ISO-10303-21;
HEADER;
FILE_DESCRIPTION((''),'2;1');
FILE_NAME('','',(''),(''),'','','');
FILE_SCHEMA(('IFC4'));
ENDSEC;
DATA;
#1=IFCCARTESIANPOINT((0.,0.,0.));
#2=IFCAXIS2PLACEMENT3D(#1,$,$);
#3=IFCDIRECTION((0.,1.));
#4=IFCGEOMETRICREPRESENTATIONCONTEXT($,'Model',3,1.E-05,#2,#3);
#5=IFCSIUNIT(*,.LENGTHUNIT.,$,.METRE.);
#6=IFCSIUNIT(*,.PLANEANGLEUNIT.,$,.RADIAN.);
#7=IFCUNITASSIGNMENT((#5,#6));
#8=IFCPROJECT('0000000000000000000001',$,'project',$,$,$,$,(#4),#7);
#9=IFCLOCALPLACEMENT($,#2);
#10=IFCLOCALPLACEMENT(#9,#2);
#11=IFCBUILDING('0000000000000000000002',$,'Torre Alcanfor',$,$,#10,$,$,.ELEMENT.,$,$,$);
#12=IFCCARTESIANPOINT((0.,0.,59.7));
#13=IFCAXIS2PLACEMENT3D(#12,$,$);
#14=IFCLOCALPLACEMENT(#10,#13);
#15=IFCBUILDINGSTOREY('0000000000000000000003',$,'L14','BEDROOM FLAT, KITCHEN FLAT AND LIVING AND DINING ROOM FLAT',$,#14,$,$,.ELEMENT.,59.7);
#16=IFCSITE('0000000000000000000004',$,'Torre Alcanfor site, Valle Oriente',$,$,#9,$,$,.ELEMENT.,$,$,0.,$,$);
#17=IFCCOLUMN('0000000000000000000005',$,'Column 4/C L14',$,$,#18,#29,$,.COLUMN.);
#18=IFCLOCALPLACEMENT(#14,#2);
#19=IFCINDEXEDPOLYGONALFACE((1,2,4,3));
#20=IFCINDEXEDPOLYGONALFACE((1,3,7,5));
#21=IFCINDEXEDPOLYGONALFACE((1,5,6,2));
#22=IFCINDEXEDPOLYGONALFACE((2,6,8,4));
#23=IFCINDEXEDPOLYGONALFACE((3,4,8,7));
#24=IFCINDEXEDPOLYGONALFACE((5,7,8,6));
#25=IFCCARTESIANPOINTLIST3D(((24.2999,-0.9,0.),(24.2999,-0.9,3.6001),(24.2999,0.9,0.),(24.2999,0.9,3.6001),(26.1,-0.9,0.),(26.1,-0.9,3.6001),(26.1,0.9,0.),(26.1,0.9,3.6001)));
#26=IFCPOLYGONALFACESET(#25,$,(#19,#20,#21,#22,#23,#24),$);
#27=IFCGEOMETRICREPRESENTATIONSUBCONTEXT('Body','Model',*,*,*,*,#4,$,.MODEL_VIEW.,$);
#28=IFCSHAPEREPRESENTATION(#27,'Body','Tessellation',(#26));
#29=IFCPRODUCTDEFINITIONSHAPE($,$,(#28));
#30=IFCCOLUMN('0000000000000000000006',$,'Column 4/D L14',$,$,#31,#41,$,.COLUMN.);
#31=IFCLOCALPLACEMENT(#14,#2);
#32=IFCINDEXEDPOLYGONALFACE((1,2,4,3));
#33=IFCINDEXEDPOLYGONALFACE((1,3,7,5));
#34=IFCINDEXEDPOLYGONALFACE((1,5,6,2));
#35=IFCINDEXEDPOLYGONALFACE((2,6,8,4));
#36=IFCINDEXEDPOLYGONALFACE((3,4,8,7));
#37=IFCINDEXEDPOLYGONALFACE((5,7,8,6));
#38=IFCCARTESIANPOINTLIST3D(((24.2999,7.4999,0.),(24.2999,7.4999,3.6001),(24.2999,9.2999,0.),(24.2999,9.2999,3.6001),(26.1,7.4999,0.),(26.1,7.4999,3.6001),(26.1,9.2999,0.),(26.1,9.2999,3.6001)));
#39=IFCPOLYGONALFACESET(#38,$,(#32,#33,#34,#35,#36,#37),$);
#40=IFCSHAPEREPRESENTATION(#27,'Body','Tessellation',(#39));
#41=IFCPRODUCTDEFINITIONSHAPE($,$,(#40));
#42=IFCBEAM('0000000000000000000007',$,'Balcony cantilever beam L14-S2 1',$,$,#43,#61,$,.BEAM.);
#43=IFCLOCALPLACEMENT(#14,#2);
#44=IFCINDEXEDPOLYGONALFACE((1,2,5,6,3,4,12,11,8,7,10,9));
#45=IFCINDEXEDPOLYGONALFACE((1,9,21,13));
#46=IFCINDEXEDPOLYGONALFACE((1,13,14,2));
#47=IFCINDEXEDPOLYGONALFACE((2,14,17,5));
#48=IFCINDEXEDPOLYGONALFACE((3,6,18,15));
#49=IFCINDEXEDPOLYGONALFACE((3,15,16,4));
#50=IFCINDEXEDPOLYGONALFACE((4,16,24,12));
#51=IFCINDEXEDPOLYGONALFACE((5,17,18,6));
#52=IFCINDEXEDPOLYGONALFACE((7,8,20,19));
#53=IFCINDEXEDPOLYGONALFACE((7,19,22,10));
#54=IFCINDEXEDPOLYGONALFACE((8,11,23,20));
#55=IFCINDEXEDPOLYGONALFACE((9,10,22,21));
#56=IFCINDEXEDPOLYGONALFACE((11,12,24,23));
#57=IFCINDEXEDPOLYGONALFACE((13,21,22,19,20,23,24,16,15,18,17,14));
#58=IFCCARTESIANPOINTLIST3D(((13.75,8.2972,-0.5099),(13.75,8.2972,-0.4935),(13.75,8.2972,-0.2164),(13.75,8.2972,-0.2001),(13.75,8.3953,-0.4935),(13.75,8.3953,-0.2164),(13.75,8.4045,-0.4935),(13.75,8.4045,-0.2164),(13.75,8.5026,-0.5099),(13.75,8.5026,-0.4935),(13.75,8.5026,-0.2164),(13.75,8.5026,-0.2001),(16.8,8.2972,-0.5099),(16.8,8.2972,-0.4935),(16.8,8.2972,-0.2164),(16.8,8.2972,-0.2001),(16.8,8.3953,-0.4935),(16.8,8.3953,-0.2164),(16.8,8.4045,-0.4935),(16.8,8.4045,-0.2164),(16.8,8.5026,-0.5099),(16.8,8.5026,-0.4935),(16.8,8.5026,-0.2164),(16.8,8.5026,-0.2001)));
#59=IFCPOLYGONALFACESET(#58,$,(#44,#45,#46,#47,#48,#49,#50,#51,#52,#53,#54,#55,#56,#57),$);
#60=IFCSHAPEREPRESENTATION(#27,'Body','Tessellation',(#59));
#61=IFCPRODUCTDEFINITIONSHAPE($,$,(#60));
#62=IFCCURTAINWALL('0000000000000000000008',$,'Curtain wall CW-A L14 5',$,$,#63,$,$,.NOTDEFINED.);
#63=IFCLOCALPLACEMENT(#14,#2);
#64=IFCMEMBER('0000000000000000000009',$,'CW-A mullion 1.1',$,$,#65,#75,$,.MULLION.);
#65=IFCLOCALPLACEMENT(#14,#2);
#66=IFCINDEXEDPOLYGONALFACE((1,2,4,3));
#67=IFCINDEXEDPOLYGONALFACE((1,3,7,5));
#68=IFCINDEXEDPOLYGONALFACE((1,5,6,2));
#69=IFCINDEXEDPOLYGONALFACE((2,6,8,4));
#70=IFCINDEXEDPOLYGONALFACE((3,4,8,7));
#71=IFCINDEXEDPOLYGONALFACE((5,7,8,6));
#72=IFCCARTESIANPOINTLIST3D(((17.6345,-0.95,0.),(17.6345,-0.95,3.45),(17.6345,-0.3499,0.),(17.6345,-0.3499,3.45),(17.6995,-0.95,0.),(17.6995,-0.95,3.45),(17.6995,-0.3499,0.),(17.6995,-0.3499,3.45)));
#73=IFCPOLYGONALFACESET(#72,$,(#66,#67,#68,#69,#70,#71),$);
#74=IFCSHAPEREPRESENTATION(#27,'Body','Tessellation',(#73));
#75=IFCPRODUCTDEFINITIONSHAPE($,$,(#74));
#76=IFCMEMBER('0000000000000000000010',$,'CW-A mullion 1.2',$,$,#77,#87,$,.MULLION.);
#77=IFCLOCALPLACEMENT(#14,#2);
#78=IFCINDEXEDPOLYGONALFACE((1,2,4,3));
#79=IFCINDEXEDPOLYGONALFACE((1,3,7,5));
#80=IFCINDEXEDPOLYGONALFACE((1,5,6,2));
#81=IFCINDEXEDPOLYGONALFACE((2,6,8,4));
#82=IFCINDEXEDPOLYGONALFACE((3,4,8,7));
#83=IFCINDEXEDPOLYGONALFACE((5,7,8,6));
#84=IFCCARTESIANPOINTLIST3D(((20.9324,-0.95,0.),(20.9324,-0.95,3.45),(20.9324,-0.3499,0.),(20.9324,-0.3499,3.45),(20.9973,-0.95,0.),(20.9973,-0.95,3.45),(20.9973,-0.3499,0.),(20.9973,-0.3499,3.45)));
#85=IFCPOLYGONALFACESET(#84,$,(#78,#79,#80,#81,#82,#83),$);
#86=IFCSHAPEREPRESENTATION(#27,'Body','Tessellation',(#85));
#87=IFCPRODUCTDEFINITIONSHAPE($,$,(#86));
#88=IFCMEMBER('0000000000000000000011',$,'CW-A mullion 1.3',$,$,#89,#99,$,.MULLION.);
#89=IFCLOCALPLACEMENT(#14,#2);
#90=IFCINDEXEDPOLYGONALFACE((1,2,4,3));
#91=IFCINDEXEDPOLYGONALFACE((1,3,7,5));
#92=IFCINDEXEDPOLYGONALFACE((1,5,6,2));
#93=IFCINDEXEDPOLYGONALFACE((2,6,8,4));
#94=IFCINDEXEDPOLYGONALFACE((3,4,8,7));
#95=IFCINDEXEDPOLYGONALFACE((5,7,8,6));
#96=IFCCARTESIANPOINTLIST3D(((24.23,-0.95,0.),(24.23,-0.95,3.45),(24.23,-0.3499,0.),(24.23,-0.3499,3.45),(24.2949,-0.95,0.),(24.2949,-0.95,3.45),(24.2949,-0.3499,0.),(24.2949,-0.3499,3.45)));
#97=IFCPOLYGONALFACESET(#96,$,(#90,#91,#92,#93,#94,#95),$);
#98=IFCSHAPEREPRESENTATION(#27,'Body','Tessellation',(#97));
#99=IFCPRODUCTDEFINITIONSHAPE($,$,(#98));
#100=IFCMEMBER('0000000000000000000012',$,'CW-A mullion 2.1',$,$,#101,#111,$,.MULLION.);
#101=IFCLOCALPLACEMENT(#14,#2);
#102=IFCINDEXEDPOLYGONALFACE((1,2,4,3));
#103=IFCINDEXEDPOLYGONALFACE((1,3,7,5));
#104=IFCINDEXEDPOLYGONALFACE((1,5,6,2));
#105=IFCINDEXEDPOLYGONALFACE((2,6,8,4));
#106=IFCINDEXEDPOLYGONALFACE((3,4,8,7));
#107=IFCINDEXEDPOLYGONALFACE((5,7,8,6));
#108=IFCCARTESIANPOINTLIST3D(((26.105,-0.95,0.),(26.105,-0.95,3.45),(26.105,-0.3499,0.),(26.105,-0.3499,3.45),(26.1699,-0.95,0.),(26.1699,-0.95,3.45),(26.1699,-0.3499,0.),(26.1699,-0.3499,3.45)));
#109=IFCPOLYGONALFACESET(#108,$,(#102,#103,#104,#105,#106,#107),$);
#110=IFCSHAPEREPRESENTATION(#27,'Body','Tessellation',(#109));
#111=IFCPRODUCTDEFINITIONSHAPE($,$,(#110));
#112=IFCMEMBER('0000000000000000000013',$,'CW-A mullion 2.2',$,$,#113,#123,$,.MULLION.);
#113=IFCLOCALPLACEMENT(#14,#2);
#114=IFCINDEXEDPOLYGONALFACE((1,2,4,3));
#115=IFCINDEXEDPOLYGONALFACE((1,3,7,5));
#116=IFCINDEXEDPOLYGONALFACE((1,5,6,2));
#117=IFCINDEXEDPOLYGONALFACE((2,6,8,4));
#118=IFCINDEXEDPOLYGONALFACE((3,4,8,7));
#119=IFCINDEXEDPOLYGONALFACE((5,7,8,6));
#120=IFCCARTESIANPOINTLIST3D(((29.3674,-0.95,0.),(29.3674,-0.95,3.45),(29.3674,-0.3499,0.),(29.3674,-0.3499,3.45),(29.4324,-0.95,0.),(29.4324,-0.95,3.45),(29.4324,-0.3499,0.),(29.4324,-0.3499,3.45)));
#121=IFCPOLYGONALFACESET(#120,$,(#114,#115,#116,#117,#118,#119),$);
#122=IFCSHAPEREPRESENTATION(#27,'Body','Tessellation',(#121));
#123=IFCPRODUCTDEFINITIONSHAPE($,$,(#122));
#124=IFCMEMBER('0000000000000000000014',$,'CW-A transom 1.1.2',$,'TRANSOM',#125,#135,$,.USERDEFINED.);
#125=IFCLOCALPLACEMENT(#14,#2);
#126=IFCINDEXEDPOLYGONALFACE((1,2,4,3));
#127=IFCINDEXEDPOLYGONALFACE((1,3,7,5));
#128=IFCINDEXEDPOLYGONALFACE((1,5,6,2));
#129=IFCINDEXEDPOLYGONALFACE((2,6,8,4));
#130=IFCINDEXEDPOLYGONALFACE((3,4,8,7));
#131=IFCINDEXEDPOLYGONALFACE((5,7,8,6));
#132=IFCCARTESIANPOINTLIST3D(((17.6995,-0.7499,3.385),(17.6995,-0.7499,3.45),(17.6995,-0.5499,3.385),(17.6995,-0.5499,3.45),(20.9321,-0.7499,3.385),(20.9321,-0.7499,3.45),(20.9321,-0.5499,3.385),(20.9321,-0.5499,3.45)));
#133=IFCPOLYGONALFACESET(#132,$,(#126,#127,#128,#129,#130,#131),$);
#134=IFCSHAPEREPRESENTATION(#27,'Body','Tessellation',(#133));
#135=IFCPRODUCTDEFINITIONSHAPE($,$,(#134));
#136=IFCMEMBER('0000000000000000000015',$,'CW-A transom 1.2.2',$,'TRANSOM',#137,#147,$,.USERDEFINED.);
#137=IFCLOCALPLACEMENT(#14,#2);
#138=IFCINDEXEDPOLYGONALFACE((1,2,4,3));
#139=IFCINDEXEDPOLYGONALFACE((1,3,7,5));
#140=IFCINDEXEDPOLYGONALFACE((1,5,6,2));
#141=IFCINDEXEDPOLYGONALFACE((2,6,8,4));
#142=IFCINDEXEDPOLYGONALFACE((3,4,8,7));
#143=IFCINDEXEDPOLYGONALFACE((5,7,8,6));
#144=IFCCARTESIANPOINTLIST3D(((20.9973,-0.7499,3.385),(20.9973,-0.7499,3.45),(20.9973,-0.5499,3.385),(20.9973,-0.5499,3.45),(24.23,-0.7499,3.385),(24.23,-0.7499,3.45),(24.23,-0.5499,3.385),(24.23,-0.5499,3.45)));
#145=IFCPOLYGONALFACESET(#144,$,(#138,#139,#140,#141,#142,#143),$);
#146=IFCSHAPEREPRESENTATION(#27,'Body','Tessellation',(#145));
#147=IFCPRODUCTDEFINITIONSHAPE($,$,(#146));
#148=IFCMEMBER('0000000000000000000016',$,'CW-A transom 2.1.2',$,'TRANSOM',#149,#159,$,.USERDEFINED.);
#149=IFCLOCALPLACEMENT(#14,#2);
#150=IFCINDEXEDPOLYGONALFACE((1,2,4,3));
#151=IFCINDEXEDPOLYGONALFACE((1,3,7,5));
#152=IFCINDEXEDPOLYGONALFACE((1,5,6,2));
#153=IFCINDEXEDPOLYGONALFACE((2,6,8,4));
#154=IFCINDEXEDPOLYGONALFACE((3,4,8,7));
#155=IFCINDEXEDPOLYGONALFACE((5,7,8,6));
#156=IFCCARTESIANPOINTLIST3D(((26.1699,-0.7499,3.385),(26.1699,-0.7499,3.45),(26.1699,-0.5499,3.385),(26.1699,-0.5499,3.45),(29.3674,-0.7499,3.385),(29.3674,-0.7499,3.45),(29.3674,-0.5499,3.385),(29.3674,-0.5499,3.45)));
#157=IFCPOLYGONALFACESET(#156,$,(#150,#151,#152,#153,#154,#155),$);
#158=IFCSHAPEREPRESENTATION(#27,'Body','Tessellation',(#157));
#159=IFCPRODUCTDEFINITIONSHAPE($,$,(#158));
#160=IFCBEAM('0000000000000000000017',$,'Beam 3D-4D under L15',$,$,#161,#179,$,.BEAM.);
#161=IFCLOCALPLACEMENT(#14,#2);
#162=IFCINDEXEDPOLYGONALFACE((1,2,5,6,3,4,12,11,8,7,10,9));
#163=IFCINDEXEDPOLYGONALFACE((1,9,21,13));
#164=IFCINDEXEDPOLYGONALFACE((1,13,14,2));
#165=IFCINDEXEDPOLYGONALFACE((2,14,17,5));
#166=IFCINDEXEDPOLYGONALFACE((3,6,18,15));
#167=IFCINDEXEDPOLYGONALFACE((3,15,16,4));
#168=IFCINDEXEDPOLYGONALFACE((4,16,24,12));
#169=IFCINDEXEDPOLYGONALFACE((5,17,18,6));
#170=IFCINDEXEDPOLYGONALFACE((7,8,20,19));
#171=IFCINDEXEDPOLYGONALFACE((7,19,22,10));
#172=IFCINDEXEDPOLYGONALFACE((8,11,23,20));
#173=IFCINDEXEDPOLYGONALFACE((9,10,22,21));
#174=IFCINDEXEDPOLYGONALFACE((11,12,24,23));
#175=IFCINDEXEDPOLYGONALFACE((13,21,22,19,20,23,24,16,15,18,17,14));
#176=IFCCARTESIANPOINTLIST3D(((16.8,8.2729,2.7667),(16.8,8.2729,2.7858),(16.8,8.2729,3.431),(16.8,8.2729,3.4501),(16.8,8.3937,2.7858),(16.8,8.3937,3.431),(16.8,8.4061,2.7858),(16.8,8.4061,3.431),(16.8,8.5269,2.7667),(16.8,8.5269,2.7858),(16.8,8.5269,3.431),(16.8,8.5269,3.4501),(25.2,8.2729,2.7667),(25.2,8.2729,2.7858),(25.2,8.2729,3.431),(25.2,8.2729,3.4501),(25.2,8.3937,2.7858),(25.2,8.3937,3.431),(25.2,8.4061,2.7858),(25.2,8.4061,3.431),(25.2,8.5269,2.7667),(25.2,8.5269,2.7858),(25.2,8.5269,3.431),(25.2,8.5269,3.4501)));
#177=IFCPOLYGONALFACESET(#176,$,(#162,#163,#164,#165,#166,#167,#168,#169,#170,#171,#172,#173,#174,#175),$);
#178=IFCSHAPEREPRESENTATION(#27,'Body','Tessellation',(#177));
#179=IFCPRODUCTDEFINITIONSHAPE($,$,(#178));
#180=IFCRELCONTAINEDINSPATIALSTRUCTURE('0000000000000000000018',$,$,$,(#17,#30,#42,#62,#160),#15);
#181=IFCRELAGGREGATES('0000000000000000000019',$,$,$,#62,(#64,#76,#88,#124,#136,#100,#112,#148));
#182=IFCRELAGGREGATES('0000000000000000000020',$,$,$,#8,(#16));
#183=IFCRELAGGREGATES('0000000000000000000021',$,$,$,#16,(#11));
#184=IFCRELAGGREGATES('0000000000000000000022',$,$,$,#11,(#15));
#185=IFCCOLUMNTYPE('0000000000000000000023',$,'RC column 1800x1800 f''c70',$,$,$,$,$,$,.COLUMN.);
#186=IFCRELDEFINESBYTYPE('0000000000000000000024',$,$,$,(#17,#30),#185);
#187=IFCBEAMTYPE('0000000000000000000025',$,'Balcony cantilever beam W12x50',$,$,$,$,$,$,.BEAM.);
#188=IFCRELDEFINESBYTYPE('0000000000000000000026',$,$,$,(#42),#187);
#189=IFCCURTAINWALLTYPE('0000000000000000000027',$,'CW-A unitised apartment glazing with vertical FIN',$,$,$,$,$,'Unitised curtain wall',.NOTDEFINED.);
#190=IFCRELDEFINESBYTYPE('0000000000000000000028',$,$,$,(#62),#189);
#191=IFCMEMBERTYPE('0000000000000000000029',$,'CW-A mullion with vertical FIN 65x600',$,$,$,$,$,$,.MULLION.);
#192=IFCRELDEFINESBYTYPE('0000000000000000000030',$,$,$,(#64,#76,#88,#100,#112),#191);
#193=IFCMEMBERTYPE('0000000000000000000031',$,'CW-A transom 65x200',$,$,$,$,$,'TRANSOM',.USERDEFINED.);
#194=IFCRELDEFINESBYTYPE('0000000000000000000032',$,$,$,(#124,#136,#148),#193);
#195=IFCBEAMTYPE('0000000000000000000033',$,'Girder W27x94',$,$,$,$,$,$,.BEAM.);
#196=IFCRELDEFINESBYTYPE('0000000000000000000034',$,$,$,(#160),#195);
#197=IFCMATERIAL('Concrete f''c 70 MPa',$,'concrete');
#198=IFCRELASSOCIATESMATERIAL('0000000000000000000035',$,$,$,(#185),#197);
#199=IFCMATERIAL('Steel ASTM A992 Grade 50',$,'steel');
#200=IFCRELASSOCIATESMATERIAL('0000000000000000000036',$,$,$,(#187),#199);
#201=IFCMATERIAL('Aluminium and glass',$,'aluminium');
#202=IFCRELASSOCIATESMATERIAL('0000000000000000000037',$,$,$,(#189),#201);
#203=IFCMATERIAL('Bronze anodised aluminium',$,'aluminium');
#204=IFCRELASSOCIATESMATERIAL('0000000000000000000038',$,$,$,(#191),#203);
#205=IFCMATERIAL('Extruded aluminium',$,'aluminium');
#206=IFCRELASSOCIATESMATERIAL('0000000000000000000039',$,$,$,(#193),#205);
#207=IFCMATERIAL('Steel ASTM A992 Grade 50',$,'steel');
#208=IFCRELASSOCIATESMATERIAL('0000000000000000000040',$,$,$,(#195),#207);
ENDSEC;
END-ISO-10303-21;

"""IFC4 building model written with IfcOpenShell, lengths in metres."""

from ifc_helpers import new_model, si_unit, direction, frame, origin, origin_2d, place, context, subcontext, project, spatial, rectangle, i_section, extrude, material, material_profile, profile_set, type_object, element, aggregate, save


model = new_model("IFC4")

# Units and contexts
model_context = context("Model", 3, precision=1e-05, world=origin(), true_north=direction((0.0, 1.0)))
body_context = subcontext(model_context, "Body", "Model", "MODEL_VIEW")
ifc_project = project(units=[si_unit("LENGTHUNIT", "METRE"), si_unit("PLANEANGLEUNIT", "RADIAN")], contexts=[model_context])

# Site, building, storey
site_placement = place(None, origin())
site = spatial("IfcSite", under=ifc_project, at=site_placement, Name="Torre Alcanfor site, Valle Oriente", CompositionType="ELEMENT", RefElevation=0.0)
building_placement = place(site_placement, origin())
building = spatial("IfcBuilding", under=site, at=building_placement, Name="Torre Alcanfor", CompositionType="ELEMENT")
storey_placement = place(building_placement, frame((0.0, 0.0, 59.7)))
storey = spatial("IfcBuildingStorey", under=building, at=storey_placement, Name="L14", Description="BEDROOM FLAT, KITCHEN FLAT AND LIVING AND DINING ROOM FLAT", CompositionType="ELEMENT", Elevation=59.7)

# Columns
ifc_material_1 = material(Name="Concrete f'c 70 MPa", Category="concrete")
ifc_material_profile_1 = material_profile(ifc_material_1, rectangle(XDim=1.8, YDim=1.8, at=origin_2d()), Name="1800x1800")
ifc_profile_set_1 = profile_set([ifc_material_profile_1], Name="Concrete f'c 70 MPa")
column_type = type_object("IfcColumnType", Name="RC column 1800x1800 f'c70", PredefinedType="COLUMN", material=ifc_profile_set_1)
for number, where, z_axis, x_axis, name in (
    (1, (25.2, 0.0, 0.0), (0.0, 0.0, 1.0), (1.0, 0.0, 0.0), "Column 4/C L14"),
    (2, (25.2, 8.3999, 0.0), (0.0, 0.0, 1.0), (1.0, 0.0, 0.0), "Column 4/D L14"),
):
    element("IfcColumn", number, at=place(storey_placement, frame(where, z_axis=z_axis, x_axis=x_axis)), inside=storey, type_object=column_type, Name=name, PredefinedType="COLUMN", context=body_context, shape_type="SweptSolid", body=[
        extrude(rectangle(XDim=1.8, YDim=1.8, at=origin_2d()), origin(), (0.0, 0.0, 1.0), 3.6001),
    ])

# Beam
ifc_material_2 = material(Name="Steel ASTM A992 Grade 50", Category="steel")
ifc_material_profile_2 = material_profile(ifc_material_2, i_section(OverallWidth=0.2053, OverallDepth=0.3098, WebThickness=0.0093, FlangeThickness=0.0164, at=origin_2d()), Name="W12x50")
ifc_profile_set_2 = profile_set([ifc_material_profile_2], Name="Steel ASTM A992 Grade 50")
beam_type_1 = type_object("IfcBeamType", Name="Balcony cantilever beam W12x50", PredefinedType="BEAM", material=ifc_profile_set_2)
beam_1_placement = place(storey_placement, frame((16.8, 8.3999, -0.355), z_axis=(-1.0, 0.0, 0.0), x_axis=(0.0, -1.0, 0.0)))
element("IfcBeam", 3, at=beam_1_placement, inside=storey, type_object=beam_type_1, Name="Balcony cantilever beam L14-S2 1", PredefinedType="BEAM", context=body_context, shape_type="SweptSolid", body=[
    extrude(i_section(OverallWidth=0.2053, OverallDepth=0.3098, WebThickness=0.0093, FlangeThickness=0.0164, at=origin_2d()), origin(), (0.0, 0.0, 1.0), 3.05),
])

# Curtain wall, members
ifc_material_3 = material(Name="Aluminium and glass", Category="aluminium")
curtain_wall_type = type_object("IfcCurtainWallType", Name="CW-A unitised apartment glazing with vertical FIN", ElementType="Unitised curtain wall", PredefinedType="NOTDEFINED", material=ifc_material_3)
curtain_wall_placement = place(storey_placement, origin())
curtain_wall = element("IfcCurtainWall", 4, at=curtain_wall_placement, inside=storey, type_object=curtain_wall_type, Name="Curtain wall CW-A L14 5", PredefinedType="NOTDEFINED")
ifc_material_4 = material(Name="Bronze anodised aluminium", Category="aluminium")
ifc_material_profile_3 = material_profile(ifc_material_4, rectangle(XDim=0.6001, YDim=0.0649, at=origin_2d()), Name="CW-A mullion 65x600")
ifc_profile_set_3 = profile_set([ifc_material_profile_3], Name="Bronze anodised aluminium")
member_type_1 = type_object("IfcMemberType", Name="CW-A mullion with vertical FIN 65x600", PredefinedType="MULLION", material=ifc_profile_set_3)
member_1_placement = place(storey_placement, frame((17.667, -0.6499, 0.0), z_axis=(0.0, 0.0, 1.0), x_axis=(0.0, 1.0, 0.0)))
member_1 = element("IfcMember", 5, at=member_1_placement, type_object=member_type_1, Name="CW-A mullion 1.1", PredefinedType="MULLION", context=body_context, shape_type="SweptSolid", body=[
    extrude(rectangle(XDim=0.6001, YDim=0.0649, at=origin_2d()), origin(), (0.0, 0.0, 1.0), 3.45),
])
member_2_placement = place(storey_placement, frame((20.9648, -0.6499, 0.0), z_axis=(0.0, 0.0, 1.0), x_axis=(0.0, 1.0, 0.0)))
member_2 = element("IfcMember", 6, at=member_2_placement, type_object=member_type_1, Name="CW-A mullion 1.2", PredefinedType="MULLION", context=body_context, shape_type="SweptSolid", body=[
    extrude(rectangle(XDim=0.6001, YDim=0.0649, at=origin_2d()), origin(), (0.0, 0.0, 1.0), 3.45),
])
member_3_placement = place(storey_placement, frame((24.2625, -0.6499, 0.0), z_axis=(0.0, 0.0, 1.0), x_axis=(0.0, 1.0, 0.0)))
member_3 = element("IfcMember", 7, at=member_3_placement, type_object=member_type_1, Name="CW-A mullion 1.3", PredefinedType="MULLION", context=body_context, shape_type="SweptSolid", body=[
    extrude(rectangle(XDim=0.6001, YDim=0.0649, at=origin_2d()), origin(), (0.0, 0.0, 1.0), 3.45),
])
member_4_placement = place(storey_placement, frame((26.1375, -0.6499, 0.0), z_axis=(0.0, 0.0, 1.0), x_axis=(0.0, 1.0, 0.0)))
member_4 = element("IfcMember", 8, at=member_4_placement, type_object=member_type_1, Name="CW-A mullion 2.1", PredefinedType="MULLION", context=body_context, shape_type="SweptSolid", body=[
    extrude(rectangle(XDim=0.6001, YDim=0.0649, at=origin_2d()), origin(), (0.0, 0.0, 1.0), 3.45),
])
member_5_placement = place(storey_placement, frame((29.3999, -0.6499, 0.0), z_axis=(0.0, 0.0, 1.0), x_axis=(0.0, 1.0, 0.0)))
member_5 = element("IfcMember", 9, at=member_5_placement, type_object=member_type_1, Name="CW-A mullion 2.2", PredefinedType="MULLION", context=body_context, shape_type="SweptSolid", body=[
    extrude(rectangle(XDim=0.6001, YDim=0.0649, at=origin_2d()), origin(), (0.0, 0.0, 1.0), 3.45),
])
ifc_material_5 = material(Name="Extruded aluminium", Category="aluminium")
ifc_material_profile_4 = material_profile(ifc_material_5, rectangle(XDim=0.2, YDim=0.0649, at=origin_2d()), Name="CW-A transom 200x65")
ifc_profile_set_4 = profile_set([ifc_material_profile_4], Name="Extruded aluminium")
member_type_2 = type_object("IfcMemberType", Name="CW-A transom 65x200", ElementType="TRANSOM", PredefinedType="USERDEFINED", material=ifc_profile_set_4)
member_6_placement = place(storey_placement, frame((17.6995, -0.6499, 3.4175), z_axis=(1.0, 0.0, 0.0), x_axis=(0.0, 1.0, 0.0)))
member_6 = element("IfcMember", 10, at=member_6_placement, type_object=member_type_2, Name="CW-A transom 1.1.2", ObjectType="TRANSOM", PredefinedType="USERDEFINED", context=body_context, shape_type="SweptSolid", body=[
    extrude(rectangle(XDim=0.2, YDim=0.0649, at=origin_2d()), origin(), (0.0, 0.0, 1.0), 3.2327),
])
member_7_placement = place(storey_placement, frame((20.9973, -0.6499, 3.4175), z_axis=(1.0, 0.0, 0.0), x_axis=(0.0, 1.0, 0.0)))
member_7 = element("IfcMember", 11, at=member_7_placement, type_object=member_type_2, Name="CW-A transom 1.2.2", ObjectType="TRANSOM", PredefinedType="USERDEFINED", context=body_context, shape_type="SweptSolid", body=[
    extrude(rectangle(XDim=0.2, YDim=0.0649, at=origin_2d()), origin(), (0.0, 0.0, 1.0), 3.2327),
])
member_8_placement = place(storey_placement, frame((26.1699, -0.6499, 3.4175), z_axis=(1.0, 0.0, 0.0), x_axis=(0.0, 1.0, 0.0)))
member_8 = element("IfcMember", 12, at=member_8_placement, type_object=member_type_2, Name="CW-A transom 2.1.2", ObjectType="TRANSOM", PredefinedType="USERDEFINED", context=body_context, shape_type="SweptSolid", body=[
    extrude(rectangle(XDim=0.2, YDim=0.0649, at=origin_2d()), origin(), (0.0, 0.0, 1.0), 3.1975),
])

# Beam
ifc_material_6 = material(Name="Steel ASTM A992 Grade 50", Category="steel")
ifc_material_profile_5 = material_profile(ifc_material_6, i_section(OverallWidth=0.2539, OverallDepth=0.6833, WebThickness=0.0125, FlangeThickness=0.019, at=origin_2d()), Name="W27x94")
ifc_profile_set_5 = profile_set([ifc_material_profile_5], Name="Steel ASTM A992 Grade 50")
beam_type_2 = type_object("IfcBeamType", Name="Girder W27x94", PredefinedType="BEAM", material=ifc_profile_set_5)
beam_2_placement = place(storey_placement, frame((16.8, 8.3999, 3.1084), z_axis=(1.0, 0.0, 0.0), x_axis=(0.0, 1.0, 0.0)))
element("IfcBeam", 13, at=beam_2_placement, inside=storey, type_object=beam_type_2, Name="Beam 3D-4D under L15", PredefinedType="BEAM", context=body_context, shape_type="SweptSolid", body=[
    extrude(i_section(OverallWidth=0.2539, OverallDepth=0.6833, WebThickness=0.0125, FlangeThickness=0.019, at=origin_2d()), origin(), (0.0, 0.0, 1.0), 8.3999),
])

aggregate(curtain_wall, [member_1, member_2, member_3, member_6, member_7, member_4, member_5, member_8])

save(model, "model.ifc")
